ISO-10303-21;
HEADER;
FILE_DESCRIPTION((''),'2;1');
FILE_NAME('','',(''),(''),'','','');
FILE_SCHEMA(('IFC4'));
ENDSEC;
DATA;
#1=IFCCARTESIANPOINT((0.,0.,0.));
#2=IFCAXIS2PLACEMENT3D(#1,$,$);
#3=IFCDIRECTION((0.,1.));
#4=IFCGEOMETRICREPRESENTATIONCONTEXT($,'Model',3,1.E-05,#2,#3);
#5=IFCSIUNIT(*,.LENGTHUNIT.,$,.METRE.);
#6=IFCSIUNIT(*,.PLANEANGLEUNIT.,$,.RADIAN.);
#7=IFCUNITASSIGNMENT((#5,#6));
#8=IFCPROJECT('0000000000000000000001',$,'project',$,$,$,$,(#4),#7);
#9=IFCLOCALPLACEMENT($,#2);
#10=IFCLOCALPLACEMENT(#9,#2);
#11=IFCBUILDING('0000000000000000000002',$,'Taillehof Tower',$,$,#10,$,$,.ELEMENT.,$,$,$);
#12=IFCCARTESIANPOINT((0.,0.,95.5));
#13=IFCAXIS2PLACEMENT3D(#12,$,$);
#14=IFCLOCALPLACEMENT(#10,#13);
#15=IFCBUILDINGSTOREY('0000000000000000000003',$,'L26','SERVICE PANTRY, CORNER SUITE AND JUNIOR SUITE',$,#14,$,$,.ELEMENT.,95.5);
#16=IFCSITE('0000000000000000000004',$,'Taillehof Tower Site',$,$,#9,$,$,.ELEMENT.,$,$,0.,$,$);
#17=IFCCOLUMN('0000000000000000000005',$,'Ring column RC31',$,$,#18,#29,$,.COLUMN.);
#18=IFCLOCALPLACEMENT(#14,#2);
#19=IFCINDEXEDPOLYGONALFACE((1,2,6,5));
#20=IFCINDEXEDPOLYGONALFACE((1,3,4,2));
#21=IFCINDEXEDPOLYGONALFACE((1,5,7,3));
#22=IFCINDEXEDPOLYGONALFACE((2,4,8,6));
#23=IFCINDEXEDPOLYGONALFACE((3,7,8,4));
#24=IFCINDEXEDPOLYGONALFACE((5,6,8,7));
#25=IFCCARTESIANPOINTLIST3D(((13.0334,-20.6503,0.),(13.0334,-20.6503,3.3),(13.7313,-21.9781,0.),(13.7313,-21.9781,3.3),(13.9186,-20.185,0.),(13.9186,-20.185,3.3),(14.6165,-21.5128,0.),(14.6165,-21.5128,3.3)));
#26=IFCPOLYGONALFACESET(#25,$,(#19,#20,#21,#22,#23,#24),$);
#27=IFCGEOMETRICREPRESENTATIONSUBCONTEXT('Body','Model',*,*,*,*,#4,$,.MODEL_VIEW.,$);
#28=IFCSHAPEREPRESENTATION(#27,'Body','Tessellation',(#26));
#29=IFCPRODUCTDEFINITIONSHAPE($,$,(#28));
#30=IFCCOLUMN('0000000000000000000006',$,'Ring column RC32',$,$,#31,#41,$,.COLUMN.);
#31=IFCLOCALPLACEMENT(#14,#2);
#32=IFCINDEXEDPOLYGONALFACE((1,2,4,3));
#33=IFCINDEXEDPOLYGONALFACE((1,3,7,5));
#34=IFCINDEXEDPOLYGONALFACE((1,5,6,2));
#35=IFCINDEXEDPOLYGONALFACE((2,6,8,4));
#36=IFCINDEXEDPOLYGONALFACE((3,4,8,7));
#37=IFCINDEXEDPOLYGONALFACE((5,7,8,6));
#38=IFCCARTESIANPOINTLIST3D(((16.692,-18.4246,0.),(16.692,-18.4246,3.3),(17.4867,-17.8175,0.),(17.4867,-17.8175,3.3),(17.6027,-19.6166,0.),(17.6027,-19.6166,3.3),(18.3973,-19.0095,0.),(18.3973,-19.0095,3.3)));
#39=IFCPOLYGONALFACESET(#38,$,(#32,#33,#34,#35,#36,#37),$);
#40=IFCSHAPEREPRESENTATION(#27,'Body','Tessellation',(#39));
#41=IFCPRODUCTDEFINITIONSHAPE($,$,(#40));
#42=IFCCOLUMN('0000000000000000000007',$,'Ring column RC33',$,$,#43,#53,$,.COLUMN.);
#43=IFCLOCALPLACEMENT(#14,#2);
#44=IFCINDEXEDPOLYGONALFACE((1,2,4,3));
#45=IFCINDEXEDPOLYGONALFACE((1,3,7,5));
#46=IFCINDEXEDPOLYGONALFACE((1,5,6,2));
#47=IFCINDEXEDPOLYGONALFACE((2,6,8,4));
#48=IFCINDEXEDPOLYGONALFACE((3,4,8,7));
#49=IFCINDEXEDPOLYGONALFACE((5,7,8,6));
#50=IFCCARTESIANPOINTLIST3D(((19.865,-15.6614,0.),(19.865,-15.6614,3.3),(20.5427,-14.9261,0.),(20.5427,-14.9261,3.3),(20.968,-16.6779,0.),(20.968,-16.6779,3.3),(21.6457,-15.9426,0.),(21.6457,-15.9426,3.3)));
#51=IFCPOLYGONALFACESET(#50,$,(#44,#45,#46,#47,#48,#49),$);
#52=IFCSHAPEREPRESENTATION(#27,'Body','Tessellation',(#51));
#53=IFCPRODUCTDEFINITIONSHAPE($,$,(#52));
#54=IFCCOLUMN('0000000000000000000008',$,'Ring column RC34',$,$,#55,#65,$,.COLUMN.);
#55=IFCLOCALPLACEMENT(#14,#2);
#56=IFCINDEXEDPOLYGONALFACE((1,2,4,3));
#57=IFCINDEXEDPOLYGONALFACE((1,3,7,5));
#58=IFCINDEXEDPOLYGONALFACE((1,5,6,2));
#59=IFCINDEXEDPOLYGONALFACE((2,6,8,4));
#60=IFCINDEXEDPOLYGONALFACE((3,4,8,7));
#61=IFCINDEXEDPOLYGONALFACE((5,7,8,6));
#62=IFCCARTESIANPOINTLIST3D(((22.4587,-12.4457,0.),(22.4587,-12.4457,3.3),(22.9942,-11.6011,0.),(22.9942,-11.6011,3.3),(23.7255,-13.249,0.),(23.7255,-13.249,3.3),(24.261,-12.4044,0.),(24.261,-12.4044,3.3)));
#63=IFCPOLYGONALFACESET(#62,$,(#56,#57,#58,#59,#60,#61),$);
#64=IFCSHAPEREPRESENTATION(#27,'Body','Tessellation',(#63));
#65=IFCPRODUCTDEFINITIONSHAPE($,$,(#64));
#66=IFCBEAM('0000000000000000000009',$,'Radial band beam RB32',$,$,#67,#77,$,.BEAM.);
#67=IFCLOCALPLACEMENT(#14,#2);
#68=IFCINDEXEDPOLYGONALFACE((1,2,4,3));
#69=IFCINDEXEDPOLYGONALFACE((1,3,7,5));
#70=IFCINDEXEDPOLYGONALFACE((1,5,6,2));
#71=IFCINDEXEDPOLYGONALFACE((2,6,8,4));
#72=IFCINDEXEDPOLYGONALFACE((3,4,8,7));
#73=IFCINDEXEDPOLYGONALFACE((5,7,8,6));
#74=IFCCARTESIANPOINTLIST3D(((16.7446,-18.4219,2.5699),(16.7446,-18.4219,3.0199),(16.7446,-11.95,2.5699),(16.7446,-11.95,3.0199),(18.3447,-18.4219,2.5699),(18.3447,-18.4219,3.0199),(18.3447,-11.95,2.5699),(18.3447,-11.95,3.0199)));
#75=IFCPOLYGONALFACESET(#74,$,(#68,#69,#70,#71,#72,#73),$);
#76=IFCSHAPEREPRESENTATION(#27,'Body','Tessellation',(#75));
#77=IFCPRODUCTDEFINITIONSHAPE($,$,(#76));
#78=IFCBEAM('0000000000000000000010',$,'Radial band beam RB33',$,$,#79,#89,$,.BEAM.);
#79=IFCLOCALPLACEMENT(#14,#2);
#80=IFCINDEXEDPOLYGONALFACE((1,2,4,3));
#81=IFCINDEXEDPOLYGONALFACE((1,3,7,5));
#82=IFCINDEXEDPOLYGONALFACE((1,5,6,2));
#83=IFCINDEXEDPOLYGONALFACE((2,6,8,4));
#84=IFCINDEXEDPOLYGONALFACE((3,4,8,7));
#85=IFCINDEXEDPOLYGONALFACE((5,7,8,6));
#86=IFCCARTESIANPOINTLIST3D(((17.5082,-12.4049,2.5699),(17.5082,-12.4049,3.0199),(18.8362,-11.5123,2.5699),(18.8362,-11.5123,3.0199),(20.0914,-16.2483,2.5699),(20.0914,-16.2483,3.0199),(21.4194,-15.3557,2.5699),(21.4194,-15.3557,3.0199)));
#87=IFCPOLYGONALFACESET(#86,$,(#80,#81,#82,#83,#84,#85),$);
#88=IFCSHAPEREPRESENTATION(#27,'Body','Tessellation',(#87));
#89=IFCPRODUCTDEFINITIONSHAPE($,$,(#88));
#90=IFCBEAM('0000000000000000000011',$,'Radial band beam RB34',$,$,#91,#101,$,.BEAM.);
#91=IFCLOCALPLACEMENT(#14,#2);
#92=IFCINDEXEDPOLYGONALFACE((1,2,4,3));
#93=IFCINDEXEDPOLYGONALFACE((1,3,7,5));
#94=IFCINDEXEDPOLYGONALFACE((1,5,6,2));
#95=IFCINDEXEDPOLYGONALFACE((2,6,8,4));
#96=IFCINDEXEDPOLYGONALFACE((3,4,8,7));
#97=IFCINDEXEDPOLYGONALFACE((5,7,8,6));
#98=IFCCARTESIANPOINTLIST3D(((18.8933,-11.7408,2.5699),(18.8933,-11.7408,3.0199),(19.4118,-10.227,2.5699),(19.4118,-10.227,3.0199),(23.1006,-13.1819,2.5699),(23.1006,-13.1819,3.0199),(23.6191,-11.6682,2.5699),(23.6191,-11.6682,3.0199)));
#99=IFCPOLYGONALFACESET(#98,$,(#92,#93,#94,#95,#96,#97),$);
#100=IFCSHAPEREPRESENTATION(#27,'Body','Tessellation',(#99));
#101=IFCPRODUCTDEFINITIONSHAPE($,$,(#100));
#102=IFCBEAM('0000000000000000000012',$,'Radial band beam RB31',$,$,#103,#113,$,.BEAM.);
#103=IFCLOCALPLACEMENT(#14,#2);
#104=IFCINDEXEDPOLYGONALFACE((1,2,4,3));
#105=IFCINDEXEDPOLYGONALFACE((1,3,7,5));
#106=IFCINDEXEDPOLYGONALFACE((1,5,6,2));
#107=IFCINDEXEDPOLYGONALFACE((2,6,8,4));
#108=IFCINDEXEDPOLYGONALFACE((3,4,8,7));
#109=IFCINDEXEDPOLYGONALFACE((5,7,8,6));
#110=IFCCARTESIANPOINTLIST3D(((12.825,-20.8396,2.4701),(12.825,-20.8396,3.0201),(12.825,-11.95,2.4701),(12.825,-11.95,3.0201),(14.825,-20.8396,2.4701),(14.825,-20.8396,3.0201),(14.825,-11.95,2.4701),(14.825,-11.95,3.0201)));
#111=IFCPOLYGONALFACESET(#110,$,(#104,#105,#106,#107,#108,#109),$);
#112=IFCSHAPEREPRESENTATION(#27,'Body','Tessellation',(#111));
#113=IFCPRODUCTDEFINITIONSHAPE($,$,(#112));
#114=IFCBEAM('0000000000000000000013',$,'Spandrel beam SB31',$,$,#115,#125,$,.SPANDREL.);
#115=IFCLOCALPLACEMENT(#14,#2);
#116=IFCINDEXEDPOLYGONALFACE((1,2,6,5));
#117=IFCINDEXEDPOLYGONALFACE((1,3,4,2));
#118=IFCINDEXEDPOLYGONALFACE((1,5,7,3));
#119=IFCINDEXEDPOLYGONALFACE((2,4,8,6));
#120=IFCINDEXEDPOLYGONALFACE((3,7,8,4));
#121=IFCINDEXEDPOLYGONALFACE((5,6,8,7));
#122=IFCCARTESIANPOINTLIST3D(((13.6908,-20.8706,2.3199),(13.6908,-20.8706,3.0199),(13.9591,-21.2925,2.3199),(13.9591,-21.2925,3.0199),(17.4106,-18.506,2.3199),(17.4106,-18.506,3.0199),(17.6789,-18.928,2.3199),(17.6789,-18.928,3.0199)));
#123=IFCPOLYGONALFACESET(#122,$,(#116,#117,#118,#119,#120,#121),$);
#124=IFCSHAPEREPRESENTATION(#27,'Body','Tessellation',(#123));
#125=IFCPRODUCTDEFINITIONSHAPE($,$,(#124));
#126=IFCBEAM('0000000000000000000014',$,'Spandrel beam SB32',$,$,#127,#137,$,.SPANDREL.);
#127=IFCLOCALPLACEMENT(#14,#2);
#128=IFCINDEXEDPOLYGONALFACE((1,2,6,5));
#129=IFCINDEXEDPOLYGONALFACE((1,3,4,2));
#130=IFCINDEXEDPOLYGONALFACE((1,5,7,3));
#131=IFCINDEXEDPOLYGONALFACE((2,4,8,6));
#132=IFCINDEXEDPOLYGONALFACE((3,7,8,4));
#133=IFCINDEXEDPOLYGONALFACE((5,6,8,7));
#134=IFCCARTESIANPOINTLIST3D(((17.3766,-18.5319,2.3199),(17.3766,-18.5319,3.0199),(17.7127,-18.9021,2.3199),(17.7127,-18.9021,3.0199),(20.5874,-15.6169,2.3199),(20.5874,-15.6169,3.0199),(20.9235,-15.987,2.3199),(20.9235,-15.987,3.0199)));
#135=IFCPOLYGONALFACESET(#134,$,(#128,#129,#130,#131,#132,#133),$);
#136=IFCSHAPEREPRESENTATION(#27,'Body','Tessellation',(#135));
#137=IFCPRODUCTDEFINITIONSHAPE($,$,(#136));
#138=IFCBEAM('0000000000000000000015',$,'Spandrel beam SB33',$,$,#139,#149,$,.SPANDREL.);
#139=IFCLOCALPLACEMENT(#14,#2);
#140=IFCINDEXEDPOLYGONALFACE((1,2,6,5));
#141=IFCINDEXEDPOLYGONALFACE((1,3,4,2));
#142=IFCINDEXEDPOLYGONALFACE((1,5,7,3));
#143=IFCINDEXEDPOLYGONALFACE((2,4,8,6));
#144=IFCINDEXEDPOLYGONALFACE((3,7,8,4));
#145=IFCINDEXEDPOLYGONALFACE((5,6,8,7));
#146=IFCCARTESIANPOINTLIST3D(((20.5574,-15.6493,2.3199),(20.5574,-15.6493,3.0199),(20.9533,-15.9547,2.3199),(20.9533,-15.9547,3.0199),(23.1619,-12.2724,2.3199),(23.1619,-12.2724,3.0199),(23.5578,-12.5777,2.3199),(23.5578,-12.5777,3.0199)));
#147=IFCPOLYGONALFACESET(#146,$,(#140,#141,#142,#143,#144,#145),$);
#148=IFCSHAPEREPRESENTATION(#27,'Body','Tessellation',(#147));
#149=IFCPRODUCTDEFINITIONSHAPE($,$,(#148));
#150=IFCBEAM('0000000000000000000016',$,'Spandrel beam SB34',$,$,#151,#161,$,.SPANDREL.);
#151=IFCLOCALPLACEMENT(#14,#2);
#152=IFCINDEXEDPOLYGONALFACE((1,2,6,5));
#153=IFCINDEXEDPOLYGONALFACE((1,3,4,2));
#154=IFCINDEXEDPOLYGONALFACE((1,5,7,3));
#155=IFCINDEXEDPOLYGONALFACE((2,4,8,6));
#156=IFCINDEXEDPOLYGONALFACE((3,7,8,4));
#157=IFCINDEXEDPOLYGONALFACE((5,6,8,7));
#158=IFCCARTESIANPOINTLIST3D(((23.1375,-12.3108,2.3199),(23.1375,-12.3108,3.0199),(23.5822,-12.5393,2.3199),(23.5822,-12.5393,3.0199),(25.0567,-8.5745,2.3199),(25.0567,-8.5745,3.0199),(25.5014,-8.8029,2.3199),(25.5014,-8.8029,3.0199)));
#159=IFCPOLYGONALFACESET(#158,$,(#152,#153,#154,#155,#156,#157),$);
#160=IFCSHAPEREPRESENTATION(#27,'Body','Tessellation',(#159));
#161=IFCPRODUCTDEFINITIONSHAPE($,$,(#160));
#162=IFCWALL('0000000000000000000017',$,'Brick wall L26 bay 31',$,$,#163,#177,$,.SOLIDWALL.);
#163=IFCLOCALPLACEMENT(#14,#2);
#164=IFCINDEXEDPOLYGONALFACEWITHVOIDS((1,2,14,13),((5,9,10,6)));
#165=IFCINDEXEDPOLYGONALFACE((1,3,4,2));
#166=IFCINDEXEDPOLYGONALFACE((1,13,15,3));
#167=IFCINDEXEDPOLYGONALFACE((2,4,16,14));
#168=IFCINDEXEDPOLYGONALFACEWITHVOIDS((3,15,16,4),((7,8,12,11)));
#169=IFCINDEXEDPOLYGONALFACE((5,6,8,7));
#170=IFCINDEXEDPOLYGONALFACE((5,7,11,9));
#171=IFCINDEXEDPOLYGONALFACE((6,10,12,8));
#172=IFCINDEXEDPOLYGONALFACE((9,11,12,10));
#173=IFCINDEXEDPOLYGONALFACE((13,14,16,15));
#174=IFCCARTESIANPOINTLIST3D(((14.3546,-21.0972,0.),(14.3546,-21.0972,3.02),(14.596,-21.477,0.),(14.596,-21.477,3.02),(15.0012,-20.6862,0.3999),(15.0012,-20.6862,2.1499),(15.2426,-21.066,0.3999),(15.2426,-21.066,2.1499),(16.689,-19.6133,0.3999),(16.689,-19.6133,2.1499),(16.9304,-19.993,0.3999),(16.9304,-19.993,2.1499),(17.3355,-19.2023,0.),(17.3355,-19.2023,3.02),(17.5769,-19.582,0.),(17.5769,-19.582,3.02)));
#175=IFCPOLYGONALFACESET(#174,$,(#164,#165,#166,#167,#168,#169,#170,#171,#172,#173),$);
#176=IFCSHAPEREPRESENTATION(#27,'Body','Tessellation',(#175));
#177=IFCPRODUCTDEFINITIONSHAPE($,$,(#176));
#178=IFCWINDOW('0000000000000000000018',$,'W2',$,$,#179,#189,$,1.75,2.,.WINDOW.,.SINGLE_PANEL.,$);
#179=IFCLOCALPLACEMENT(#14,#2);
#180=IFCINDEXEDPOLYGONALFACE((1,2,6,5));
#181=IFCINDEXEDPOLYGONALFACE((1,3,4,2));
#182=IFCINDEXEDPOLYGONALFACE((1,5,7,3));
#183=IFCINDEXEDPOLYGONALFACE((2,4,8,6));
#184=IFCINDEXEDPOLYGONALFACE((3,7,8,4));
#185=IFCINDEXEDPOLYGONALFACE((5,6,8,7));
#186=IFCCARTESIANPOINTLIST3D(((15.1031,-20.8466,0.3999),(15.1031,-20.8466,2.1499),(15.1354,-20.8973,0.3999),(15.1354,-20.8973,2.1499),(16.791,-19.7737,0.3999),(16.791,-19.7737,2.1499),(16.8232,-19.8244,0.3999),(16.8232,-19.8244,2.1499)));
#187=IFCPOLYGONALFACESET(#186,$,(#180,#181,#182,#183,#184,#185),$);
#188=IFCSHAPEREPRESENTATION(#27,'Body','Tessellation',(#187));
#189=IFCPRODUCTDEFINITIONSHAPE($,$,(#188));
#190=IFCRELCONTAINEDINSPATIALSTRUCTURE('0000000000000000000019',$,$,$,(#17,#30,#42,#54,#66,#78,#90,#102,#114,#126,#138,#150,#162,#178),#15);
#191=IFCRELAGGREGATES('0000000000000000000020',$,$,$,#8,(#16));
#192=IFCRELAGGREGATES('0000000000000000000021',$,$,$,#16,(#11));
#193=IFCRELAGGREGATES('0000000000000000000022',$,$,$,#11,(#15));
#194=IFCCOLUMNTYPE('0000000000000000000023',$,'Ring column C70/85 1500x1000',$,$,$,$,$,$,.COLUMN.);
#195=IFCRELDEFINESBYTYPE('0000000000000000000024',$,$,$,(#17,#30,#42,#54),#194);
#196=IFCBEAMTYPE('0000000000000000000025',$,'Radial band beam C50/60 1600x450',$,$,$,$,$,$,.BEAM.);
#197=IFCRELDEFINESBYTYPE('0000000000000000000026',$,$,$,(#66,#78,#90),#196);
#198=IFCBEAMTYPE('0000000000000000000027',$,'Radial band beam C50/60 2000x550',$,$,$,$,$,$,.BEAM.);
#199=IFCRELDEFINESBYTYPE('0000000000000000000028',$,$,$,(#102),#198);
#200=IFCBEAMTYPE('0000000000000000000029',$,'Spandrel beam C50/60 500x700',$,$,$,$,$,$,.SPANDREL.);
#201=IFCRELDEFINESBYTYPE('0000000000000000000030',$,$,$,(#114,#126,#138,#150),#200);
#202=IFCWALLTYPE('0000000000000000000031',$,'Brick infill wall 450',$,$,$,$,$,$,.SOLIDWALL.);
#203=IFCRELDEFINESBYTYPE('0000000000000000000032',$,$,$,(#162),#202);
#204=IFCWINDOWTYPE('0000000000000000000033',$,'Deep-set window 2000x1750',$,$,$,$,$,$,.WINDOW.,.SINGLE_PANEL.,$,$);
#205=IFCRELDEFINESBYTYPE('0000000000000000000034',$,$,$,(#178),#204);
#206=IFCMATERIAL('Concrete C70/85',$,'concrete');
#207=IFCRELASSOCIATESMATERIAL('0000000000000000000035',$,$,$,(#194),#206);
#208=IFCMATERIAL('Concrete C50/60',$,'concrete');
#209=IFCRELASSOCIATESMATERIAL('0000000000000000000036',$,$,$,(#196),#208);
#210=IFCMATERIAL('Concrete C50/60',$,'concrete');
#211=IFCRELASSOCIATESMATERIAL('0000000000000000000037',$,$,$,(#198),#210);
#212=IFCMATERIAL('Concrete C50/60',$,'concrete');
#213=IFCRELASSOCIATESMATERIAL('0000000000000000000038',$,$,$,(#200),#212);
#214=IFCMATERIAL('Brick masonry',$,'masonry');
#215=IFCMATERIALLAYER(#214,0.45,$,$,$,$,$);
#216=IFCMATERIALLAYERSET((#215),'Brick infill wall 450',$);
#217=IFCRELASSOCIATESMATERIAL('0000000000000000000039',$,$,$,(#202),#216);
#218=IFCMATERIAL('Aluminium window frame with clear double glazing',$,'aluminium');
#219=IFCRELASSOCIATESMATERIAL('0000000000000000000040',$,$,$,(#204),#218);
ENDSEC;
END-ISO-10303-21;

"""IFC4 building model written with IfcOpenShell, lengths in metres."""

from ifc_helpers import new_model, si_unit, direction, frame, frame_2d, origin, origin_2d, place, context, subcontext, project, spatial, rectangle, extrude, material, layer, layer_set, material_profile, profile_set, type_object, element, fill, save


model = new_model("IFC4")

# Units and contexts
model_context = context("Model", 3, precision=1e-05, world=origin(), true_north=direction((0.0, 1.0)))
body_context = subcontext(model_context, "Body", "Model", "MODEL_VIEW")
ifc_project = project(units=[si_unit("LENGTHUNIT", "METRE"), si_unit("PLANEANGLEUNIT", "RADIAN")], contexts=[model_context])

# Site, building, storey
site_placement = place(None, origin())
site = spatial("IfcSite", under=ifc_project, at=site_placement, Name="Taillehof Tower Site", CompositionType="ELEMENT", RefElevation=0.0)
building_placement = place(site_placement, origin())
building = spatial("IfcBuilding", under=site, at=building_placement, Name="Taillehof Tower", CompositionType="ELEMENT")
storey_placement = place(building_placement, frame((0.0, 0.0, 95.5)))
storey = spatial("IfcBuildingStorey", under=building, at=storey_placement, Name="L26", Description="SERVICE PANTRY, CORNER SUITE AND JUNIOR SUITE", CompositionType="ELEMENT", Elevation=95.5)

# Columns
ifc_material_1 = material(Name="Concrete C70/85", Category="concrete")
ifc_material_profile_1 = material_profile(ifc_material_1, rectangle(XDim=1.5, YDim=1.0, at=origin_2d()), Name="RC 1500x1000")
ifc_profile_set_1 = profile_set([ifc_material_profile_1], Name="Concrete C70/85")
column_type = type_object("IfcColumnType", Name="Ring column C70/85 1500x1000", PredefinedType="COLUMN", material=ifc_profile_set_1)
for number, where, z_axis, x_axis, name in (
    (1, (13.825, -21.0815, 0.0), (0.0, 0.0, 1.0), (0.465283, -0.885162, 0.0), "Ring column RC31"),
    (2, (17.5447, -18.717, 0.0), (0.0, 0.0, 1.0), (0.607074, -0.794645, 0.0), "Ring column RC32"),
    (3, (20.7554, -15.802, 0.0), (0.0, 0.0, 1.0), (0.735332, -0.677707, 0.0), "Ring column RC33"),
    (4, (23.3599, -12.425, 0.0), (0.0, 0.0, 1.0), (0.844511, -0.535537, 0.0), "Ring column RC34"),
):
    element("IfcColumn", number, at=place(storey_placement, frame(where, z_axis=z_axis, x_axis=x_axis)), inside=storey, type_object=column_type, Name=name, PredefinedType="COLUMN", context=body_context, shape_type="SweptSolid", body=[
        extrude(rectangle(XDim=1.5, YDim=1.0, at=origin_2d()), origin(), (0.0, 0.0, 1.0), 3.3),
    ])

# Beams
ifc_material_2 = material(Name="Concrete C50/60", Category="concrete")
ifc_material_profile_2 = material_profile(ifc_material_2, rectangle(XDim=1.6001, YDim=0.45, at=origin_2d()), Name="RC 1600x450")
ifc_profile_set_2 = profile_set([ifc_material_profile_2], Name="Concrete C50/60")
beam_type_1 = type_object("IfcBeamType", Name="Radial band beam C50/60 1600x450", PredefinedType="BEAM", material=ifc_profile_set_2)
beam_1_placement = place(storey_placement, frame((17.5447, -18.4219, 2.7949), z_axis=(0.0, 1.0, 0.0), x_axis=(-1.0, 0.0, 0.0)))
element("IfcBeam", 5, at=beam_1_placement, inside=storey, type_object=beam_type_1, Name="Radial band beam RB32", PredefinedType="BEAM", context=body_context, shape_type="SweptSolid", body=[
    extrude(rectangle(XDim=1.6001, YDim=0.45, at=origin_2d()), origin(), (0.0, 0.0, 1.0), 6.4719),
])
beam_2_placement = place(storey_placement, frame((20.7554, -15.802, 2.7949), z_axis=(-0.557823, 0.82996, 0.0), x_axis=(-0.82996, -0.557823, 0.0)))
element("IfcBeam", 6, at=beam_2_placement, inside=storey, type_object=beam_type_1, Name="Radial band beam RB33", PredefinedType="BEAM", context=body_context, shape_type="SweptSolid", body=[
    extrude(rectangle(XDim=1.6001, YDim=0.45, at=origin_2d()), origin(), (0.0, 0.0, 1.0), 4.6309),
])
beam_3_placement = place(storey_placement, frame((23.3599, -12.425, 2.7949), z_axis=(-0.946038, 0.324056, 0.0), x_axis=(-0.324056, -0.946038, 0.0)))
element("IfcBeam", 7, at=beam_3_placement, inside=storey, type_object=beam_type_1, Name="Radial band beam RB34", PredefinedType="BEAM", context=body_context, shape_type="SweptSolid", body=[
    extrude(rectangle(XDim=1.6001, YDim=0.45, at=origin_2d()), origin(), (0.0, 0.0, 1.0), 4.4473),
])
ifc_material_3 = material(Name="Concrete C50/60", Category="concrete")
ifc_material_profile_3 = material_profile(ifc_material_3, rectangle(XDim=2.0, YDim=0.55, at=origin_2d()), Name="RC 2000x550")
ifc_profile_set_3 = profile_set([ifc_material_profile_3], Name="Concrete C50/60")
beam_type_2 = type_object("IfcBeamType", Name="Radial band beam C50/60 2000x550", PredefinedType="BEAM", material=ifc_profile_set_3)
beam_4_placement = place(storey_placement, frame((13.825, -20.8396, 2.7451), z_axis=(0.0, 1.0, 0.0), x_axis=(-1.0, 0.0, 0.0)))
element("IfcBeam", 8, at=beam_4_placement, inside=storey, type_object=beam_type_2, Name="Radial band beam RB31", PredefinedType="BEAM", context=body_context, shape_type="SweptSolid", body=[
    extrude(rectangle(XDim=2.0, YDim=0.55, at=origin_2d()), origin(), (0.0, 0.0, 1.0), 8.8896),
])
ifc_material_4 = material(Name="Concrete C50/60", Category="concrete")
ifc_material_profile_4 = material_profile(ifc_material_4, rectangle(XDim=0.5, YDim=0.7, at=origin_2d()), Name="RC 500x700")
ifc_profile_set_4 = profile_set([ifc_material_profile_4], Name="Concrete C50/60")
beam_type_3 = type_object("IfcBeamType", Name="Spandrel beam C50/60 500x700", PredefinedType="SPANDREL", material=ifc_profile_set_4)
beam_5_placement = place(storey_placement, frame((13.825, -21.0815, 2.6699), z_axis=(0.843928, 0.536456, 0.0), x_axis=(-0.536456, 0.843928, 0.0)))
element("IfcBeam", 9, at=beam_5_placement, inside=storey, type_object=beam_type_3, Name="Spandrel beam SB31", PredefinedType="SPANDREL", context=body_context, shape_type="SweptSolid", body=[
    extrude(rectangle(XDim=0.5, YDim=0.7, at=origin_2d()), origin(), (0.0, 0.0, 1.0), 4.4077),
])
beam_6_placement = place(storey_placement, frame((17.5447, -18.717, 2.6699), z_axis=(0.740373, 0.672196, 0.0), x_axis=(-0.672196, 0.740373, 0.0)))
element("IfcBeam", 10, at=beam_6_placement, inside=storey, type_object=beam_type_3, Name="Spandrel beam SB32", PredefinedType="SPANDREL", context=body_context, shape_type="SweptSolid", body=[
    extrude(rectangle(XDim=0.5, YDim=0.7, at=origin_2d()), origin(), (0.0, 0.0, 1.0), 4.3367),
])
beam_7_placement = place(storey_placement, frame((20.7554, -15.802, 2.6699), z_axis=(0.610717, 0.791849, 0.0), x_axis=(-0.791849, 0.610717, 0.0)))
element("IfcBeam", 11, at=beam_7_placement, inside=storey, type_object=beam_type_3, Name="Spandrel beam SB33", PredefinedType="SPANDREL", context=body_context, shape_type="SweptSolid", body=[
    extrude(rectangle(XDim=0.5, YDim=0.7, at=origin_2d()), origin(), (0.0, 0.0, 1.0), 4.2646),
])
beam_8_placement = place(storey_placement, frame((23.3599, -12.425, 2.6699), z_axis=(0.456905, 0.889515, 0.0), x_axis=(-0.889515, 0.456905, 0.0)))
element("IfcBeam", 12, at=beam_8_placement, inside=storey, type_object=beam_type_3, Name="Spandrel beam SB34", PredefinedType="SPANDREL", context=body_context, shape_type="SweptSolid", body=[
    extrude(rectangle(XDim=0.5, YDim=0.7, at=origin_2d()), origin(), (0.0, 0.0, 1.0), 4.2004),
])

# Wall, opening, window
ifc_material_5 = material(Name="Brick masonry", Category="masonry")
ifc_layer_1 = layer(ifc_material_5, 0.45)
ifc_layer_set_1 = layer_set([ifc_layer_1], Name="Brick infill wall 450")
wall_type_1 = type_object("IfcWallType", Name="Brick infill wall 450", PredefinedType="SOLIDWALL", material=ifc_layer_set_1)
wall_1_placement = place(storey_placement, frame((14.4753, -21.2871, 0.0), z_axis=(0.0, 0.0, 1.0), x_axis=(0.843912, 0.536482, 0.0)))
wall_1 = element("IfcWall", 13, at=wall_1_placement, inside=storey, type_object=wall_type_1, Name="Brick wall L26 bay 31", PredefinedType="SOLIDWALL", context=body_context, shape_type="SweptSolid", body=[
    extrude(rectangle(XDim=3.5322, YDim=0.45, at=frame_2d((1.7661, 0.0))), origin(), (0.0, 0.0, 1.0), 3.02),
])
opening_1_placement = place(wall_1_placement, frame((0.7661, 0.0, 0.3999)))
opening_1 = element("IfcOpeningElement", 14, at=opening_1_placement, cuts=wall_1, PredefinedType="OPENING", context=body_context, shape_type="SweptSolid", body=[
    extrude(rectangle(XDim=2.0, YDim=1.75, at=frame_2d((1.0, 0.875))), frame((0.0, 0.2349, 0.0), z_axis=(0.0, -1.0, 0.0), x_axis=(1.0, 0.0, 0.0)), (0.0, 0.0, 1.0), 0.47),
])
ifc_material_6 = material(Name="Aluminium window frame with clear double glazing", Category="aluminium")
window_type_1 = type_object("IfcWindowType", Name="Deep-set window 2000x1750", PartitioningType="SINGLE_PANEL", PredefinedType="WINDOW", material=ifc_material_6)
window_1_placement = place(opening_1_placement, origin())
window_1 = element("IfcWindow", 15, at=window_1_placement, inside=storey, type_object=window_type_1, Name="W2", OverallHeight=1.75, OverallWidth=2.0, PartitioningType="SINGLE_PANEL", PredefinedType="WINDOW", context=body_context, shape_type="SweptSolid", body=[
    extrude(rectangle(XDim=2.0, YDim=1.75, at=frame_2d((1.0, 0.875))), frame((0.0, 0.0349, 0.0), z_axis=(0.0, -1.0, 0.0), x_axis=(1.0, 0.0, 0.0)), (0.0, 0.0, 1.0), 0.0601),
])
fill(opening_1, window_1)

save(model, "model.ifc")
